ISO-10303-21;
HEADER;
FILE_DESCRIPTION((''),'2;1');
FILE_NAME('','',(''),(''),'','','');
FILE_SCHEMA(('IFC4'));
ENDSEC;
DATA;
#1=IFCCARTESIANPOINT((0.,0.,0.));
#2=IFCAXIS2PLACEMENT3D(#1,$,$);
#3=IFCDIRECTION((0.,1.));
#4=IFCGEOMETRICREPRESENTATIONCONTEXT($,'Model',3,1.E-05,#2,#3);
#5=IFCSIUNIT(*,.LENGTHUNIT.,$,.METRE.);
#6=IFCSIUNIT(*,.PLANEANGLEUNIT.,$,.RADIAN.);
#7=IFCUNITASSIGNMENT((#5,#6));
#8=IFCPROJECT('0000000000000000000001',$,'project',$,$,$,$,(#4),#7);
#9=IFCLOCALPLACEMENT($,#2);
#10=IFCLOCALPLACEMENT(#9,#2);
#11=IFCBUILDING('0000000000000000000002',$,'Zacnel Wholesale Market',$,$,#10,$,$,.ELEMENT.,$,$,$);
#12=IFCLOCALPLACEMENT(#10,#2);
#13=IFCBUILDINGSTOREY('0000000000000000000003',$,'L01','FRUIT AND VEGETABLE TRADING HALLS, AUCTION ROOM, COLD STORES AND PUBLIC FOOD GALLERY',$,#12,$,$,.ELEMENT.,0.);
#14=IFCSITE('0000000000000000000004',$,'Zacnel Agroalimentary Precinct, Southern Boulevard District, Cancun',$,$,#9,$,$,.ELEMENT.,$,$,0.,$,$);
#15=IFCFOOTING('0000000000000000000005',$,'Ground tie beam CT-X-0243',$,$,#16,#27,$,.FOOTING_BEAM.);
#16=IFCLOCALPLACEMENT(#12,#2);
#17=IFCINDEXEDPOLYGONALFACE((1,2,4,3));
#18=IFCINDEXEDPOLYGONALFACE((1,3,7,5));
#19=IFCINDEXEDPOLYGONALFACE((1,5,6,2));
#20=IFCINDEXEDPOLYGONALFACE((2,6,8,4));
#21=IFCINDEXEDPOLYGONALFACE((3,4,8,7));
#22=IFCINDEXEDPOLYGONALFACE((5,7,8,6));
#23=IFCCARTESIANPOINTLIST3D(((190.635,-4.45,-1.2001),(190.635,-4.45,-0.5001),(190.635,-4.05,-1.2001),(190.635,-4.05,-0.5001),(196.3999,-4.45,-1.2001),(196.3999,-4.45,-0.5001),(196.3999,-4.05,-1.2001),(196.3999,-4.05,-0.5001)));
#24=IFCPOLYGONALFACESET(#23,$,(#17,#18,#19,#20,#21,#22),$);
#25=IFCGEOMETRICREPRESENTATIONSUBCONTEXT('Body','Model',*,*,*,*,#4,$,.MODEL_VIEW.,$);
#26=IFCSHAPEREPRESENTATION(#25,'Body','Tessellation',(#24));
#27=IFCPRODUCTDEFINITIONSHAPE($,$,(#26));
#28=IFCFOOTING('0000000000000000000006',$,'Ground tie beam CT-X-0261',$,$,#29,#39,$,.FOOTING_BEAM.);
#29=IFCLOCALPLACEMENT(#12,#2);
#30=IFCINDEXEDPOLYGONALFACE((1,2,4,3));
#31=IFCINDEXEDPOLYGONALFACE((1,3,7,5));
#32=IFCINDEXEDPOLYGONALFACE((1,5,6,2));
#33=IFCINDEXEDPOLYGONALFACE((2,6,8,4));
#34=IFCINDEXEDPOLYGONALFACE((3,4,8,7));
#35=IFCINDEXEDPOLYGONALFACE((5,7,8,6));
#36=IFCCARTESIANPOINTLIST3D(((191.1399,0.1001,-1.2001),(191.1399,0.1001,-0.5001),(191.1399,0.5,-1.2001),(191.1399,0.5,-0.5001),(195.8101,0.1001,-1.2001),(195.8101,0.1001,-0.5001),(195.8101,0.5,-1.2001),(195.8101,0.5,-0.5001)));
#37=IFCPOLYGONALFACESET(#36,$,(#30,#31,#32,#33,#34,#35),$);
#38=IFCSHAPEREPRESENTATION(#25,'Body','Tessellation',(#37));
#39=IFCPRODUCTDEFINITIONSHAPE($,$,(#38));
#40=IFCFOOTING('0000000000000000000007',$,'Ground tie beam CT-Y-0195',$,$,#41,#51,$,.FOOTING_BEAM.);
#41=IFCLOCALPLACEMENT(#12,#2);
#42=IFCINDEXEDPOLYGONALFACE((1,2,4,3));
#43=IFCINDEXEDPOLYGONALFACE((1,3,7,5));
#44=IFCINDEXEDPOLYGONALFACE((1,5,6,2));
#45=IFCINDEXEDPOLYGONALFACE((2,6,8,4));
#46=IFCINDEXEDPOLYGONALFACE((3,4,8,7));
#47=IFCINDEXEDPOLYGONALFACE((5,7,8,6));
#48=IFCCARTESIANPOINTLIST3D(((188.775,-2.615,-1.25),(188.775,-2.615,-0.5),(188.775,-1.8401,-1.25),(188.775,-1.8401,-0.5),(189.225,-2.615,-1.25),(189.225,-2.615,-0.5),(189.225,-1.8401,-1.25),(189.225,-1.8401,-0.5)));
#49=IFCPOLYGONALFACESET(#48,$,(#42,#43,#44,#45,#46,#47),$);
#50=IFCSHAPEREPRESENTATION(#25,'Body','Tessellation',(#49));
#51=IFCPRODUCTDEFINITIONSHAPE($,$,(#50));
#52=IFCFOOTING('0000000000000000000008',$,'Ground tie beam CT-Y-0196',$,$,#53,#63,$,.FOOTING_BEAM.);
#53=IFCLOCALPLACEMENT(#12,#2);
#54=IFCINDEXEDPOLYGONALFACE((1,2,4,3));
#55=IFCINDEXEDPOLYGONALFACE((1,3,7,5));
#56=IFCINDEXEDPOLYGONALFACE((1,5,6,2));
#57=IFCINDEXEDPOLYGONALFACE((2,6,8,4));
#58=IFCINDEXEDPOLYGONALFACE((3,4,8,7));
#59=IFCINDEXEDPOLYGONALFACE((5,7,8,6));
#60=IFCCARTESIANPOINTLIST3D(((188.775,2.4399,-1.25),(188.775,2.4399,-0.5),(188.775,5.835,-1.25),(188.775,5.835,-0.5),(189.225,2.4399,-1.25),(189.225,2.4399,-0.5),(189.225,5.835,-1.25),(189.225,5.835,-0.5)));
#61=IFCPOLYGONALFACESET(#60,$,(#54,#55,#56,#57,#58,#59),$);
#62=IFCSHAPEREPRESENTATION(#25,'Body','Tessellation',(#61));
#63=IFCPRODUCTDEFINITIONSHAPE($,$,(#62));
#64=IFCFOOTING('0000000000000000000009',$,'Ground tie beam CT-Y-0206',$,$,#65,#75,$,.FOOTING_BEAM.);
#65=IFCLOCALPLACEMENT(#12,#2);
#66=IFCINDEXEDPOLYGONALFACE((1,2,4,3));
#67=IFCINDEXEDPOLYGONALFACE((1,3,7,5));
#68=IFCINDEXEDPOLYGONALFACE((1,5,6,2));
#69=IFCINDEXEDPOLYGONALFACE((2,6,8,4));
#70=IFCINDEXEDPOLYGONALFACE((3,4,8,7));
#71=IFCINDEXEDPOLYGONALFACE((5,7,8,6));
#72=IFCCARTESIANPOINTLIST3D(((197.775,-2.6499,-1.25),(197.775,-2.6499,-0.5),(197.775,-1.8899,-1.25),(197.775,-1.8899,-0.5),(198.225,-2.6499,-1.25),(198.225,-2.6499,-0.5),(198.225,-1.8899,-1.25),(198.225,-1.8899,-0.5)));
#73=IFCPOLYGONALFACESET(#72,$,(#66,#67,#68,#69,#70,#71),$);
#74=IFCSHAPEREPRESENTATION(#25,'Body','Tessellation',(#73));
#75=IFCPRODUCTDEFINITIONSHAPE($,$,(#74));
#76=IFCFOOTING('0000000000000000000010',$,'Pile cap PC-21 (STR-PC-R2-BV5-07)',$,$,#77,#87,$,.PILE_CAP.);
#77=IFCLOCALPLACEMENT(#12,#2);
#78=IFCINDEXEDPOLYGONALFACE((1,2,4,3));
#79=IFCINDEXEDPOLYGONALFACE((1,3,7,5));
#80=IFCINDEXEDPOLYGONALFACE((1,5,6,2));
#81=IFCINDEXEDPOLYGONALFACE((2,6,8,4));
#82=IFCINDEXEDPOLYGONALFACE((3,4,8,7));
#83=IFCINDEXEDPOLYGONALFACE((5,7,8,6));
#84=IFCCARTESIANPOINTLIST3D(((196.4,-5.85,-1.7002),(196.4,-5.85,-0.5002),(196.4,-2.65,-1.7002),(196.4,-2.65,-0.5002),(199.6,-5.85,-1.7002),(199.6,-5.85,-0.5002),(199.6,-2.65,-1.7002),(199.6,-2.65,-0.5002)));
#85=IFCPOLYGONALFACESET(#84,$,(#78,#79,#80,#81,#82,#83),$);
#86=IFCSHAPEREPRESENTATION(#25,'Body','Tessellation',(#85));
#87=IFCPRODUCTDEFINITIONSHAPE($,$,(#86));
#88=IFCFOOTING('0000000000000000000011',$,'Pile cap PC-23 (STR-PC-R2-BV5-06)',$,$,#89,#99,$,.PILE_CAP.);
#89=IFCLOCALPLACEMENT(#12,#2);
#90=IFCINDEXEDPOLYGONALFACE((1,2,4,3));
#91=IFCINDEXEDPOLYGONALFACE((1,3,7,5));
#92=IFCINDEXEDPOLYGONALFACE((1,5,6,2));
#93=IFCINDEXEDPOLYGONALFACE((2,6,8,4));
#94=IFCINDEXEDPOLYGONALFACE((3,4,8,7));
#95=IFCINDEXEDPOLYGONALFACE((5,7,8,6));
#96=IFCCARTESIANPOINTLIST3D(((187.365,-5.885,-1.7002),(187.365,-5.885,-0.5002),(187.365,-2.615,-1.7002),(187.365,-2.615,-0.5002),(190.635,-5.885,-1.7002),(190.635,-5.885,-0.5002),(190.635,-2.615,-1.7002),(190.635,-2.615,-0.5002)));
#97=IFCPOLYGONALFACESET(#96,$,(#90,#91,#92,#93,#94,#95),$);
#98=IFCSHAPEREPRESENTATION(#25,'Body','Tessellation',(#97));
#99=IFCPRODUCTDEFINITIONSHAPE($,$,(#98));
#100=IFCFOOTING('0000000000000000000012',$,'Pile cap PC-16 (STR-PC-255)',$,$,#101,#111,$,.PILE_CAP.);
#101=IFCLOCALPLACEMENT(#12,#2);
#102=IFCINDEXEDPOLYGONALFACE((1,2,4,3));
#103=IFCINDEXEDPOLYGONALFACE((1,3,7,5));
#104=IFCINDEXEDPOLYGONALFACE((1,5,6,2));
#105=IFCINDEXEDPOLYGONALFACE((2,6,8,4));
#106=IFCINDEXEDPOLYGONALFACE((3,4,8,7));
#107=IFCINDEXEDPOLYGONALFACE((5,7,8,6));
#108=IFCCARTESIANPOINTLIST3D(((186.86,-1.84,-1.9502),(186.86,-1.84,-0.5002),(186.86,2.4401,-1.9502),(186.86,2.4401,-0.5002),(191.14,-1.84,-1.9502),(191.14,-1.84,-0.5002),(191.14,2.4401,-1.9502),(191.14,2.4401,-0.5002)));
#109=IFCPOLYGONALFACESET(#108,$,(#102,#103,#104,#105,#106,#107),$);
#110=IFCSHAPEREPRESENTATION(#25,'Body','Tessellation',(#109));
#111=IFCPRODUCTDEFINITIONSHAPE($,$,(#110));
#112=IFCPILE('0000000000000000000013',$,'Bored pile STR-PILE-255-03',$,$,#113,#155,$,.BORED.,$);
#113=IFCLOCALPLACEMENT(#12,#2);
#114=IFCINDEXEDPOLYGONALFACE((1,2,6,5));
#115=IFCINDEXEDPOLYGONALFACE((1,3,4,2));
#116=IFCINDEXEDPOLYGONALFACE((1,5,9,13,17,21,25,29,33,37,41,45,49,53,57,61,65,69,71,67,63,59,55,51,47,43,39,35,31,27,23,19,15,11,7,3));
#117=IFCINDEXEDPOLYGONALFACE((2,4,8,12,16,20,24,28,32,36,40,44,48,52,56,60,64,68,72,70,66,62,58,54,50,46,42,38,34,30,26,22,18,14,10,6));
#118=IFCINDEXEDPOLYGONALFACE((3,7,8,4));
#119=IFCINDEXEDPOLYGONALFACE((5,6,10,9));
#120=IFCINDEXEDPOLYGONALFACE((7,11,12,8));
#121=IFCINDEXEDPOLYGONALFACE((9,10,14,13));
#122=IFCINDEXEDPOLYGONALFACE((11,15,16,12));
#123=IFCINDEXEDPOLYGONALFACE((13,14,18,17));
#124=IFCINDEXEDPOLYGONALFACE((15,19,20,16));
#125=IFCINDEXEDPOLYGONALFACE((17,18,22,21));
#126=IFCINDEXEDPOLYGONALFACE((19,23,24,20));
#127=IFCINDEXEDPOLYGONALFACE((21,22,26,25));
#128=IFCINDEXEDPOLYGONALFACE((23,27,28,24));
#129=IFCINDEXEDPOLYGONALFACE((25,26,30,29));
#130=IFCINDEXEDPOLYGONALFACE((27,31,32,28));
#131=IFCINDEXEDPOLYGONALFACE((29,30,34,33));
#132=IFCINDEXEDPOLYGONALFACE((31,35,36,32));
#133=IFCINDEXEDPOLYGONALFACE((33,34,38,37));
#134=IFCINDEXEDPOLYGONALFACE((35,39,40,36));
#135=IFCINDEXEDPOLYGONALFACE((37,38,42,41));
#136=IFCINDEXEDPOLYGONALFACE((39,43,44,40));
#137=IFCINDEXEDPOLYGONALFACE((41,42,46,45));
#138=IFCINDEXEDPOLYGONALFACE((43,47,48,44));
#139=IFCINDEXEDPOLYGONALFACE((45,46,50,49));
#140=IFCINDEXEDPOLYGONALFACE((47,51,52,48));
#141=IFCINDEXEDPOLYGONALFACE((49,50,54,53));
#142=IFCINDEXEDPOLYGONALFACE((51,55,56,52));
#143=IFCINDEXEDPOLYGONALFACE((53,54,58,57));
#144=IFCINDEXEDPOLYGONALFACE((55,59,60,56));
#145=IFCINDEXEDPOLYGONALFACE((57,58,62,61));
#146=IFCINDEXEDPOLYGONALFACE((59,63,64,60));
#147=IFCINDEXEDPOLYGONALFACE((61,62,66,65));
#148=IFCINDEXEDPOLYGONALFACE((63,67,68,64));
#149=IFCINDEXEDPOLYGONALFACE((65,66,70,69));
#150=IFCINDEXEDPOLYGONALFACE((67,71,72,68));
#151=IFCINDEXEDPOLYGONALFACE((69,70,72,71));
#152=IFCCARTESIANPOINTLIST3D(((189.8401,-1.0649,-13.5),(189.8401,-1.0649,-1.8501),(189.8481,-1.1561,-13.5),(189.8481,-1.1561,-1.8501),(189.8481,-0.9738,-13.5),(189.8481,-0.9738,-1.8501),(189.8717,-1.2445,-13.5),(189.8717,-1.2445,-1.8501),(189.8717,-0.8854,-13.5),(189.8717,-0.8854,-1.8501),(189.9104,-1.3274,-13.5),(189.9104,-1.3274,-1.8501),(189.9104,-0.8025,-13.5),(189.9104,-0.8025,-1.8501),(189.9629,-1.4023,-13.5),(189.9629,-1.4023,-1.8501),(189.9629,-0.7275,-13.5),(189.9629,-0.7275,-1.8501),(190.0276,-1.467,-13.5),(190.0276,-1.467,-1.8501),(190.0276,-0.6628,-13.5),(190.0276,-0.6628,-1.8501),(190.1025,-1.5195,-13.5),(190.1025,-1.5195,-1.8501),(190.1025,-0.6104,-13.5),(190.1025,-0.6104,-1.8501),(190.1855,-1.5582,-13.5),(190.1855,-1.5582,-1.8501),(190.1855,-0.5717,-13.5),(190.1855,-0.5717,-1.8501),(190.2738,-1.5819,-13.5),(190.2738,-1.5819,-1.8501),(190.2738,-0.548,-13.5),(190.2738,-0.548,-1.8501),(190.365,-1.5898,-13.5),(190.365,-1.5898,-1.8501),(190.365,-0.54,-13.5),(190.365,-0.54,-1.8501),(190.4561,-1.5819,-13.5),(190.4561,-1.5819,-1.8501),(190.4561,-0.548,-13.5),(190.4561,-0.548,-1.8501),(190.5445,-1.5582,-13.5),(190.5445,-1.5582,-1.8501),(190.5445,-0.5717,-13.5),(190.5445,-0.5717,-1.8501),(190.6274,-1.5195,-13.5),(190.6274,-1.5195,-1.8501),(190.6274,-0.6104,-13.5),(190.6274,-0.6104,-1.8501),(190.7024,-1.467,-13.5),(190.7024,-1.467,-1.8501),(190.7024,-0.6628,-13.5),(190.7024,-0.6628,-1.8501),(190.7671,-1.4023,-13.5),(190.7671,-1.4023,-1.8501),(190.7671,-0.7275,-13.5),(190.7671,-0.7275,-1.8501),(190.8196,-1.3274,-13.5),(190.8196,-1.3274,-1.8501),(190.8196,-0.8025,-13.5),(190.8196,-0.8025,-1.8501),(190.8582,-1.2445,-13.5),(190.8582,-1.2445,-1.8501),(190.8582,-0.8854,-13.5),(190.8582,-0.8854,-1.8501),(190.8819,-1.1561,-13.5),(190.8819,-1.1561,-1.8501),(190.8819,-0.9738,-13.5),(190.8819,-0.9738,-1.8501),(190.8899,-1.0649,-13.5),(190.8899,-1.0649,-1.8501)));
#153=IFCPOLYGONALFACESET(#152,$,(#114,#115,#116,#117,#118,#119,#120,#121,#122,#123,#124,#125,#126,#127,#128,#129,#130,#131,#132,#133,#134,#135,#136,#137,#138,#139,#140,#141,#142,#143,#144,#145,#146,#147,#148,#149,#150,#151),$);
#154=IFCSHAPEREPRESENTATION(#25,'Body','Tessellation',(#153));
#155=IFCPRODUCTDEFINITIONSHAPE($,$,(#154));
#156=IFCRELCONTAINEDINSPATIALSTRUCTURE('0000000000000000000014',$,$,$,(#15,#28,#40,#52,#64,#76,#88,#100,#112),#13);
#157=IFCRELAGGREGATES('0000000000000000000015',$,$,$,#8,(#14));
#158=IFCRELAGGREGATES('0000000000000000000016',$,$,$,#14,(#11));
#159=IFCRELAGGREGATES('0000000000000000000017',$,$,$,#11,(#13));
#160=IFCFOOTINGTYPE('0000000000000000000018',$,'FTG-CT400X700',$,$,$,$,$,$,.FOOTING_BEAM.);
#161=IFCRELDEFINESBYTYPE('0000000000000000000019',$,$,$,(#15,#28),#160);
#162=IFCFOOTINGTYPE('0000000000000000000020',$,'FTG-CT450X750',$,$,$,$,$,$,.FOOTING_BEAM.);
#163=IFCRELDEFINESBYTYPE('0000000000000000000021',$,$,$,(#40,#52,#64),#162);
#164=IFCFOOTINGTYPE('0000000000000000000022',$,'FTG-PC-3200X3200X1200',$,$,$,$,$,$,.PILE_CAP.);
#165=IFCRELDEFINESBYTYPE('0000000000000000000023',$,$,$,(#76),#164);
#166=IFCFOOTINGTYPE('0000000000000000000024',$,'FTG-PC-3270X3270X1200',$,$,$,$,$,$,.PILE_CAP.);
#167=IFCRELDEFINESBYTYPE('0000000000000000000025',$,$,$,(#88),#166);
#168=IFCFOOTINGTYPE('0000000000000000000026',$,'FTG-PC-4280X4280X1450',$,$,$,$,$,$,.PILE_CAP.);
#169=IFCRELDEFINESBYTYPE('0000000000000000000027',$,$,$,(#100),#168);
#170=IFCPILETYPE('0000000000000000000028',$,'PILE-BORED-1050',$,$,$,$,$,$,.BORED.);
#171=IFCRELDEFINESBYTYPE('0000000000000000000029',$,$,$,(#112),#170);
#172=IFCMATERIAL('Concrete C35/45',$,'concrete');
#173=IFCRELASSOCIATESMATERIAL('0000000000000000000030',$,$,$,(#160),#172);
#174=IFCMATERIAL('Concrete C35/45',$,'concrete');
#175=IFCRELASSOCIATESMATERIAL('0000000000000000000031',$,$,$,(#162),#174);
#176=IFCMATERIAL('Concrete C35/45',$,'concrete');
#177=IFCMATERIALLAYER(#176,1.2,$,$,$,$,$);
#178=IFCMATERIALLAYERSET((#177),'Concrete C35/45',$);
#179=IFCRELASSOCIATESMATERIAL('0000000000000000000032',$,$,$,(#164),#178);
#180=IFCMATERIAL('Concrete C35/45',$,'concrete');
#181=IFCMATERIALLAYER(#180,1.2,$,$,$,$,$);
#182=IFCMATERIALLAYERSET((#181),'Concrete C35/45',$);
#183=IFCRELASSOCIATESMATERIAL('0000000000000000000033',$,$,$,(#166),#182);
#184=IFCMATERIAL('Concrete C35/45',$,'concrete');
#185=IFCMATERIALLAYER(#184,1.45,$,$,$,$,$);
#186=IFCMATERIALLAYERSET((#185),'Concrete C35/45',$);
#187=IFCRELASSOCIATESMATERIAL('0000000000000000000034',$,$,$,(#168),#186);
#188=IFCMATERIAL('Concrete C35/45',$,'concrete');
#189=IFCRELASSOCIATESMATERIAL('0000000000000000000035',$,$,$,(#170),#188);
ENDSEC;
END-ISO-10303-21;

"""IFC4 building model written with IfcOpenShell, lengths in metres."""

from ifc_helpers import new_model, si_unit, direction, frame, origin, origin_2d, place, context, subcontext, project, spatial, rectangle, circle, extrude, material, layer, layer_set, material_profile, profile_set, type_object, element, save


model = new_model("IFC4")

# Units and contexts
model_context = context("Model", 3, precision=1e-05, world=origin(), true_north=direction((0.0, 1.0)))
body_context = subcontext(model_context, "Body", "Model", "MODEL_VIEW")
ifc_project = project(units=[si_unit("LENGTHUNIT", "METRE"), si_unit("PLANEANGLEUNIT", "RADIAN")], contexts=[model_context])

# Site, building, storey
site_placement = place(None, origin())
site = spatial("IfcSite", under=ifc_project, at=site_placement, Name="Zacnel Agroalimentary Precinct, Southern Boulevard District, Cancun", CompositionType="ELEMENT", RefElevation=0.0)
building_placement = place(site_placement, origin())
building = spatial("IfcBuilding", under=site, at=building_placement, Name="Zacnel Wholesale Market", CompositionType="ELEMENT")
storey_placement = place(building_placement, origin())
storey = spatial("IfcBuildingStorey", under=building, at=storey_placement, Name="L01", Description="FRUIT AND VEGETABLE TRADING HALLS, AUCTION ROOM, COLD STORES AND PUBLIC FOOD GALLERY", CompositionType="ELEMENT", Elevation=0.0)

# Footings
ifc_material_1 = material(Name="Concrete C35/45", Category="concrete")
ifc_material_profile_1 = material_profile(ifc_material_1, rectangle(XDim=0.3999, YDim=0.7, at=origin_2d()), Name="CT 400x700")
ifc_profile_set_1 = profile_set([ifc_material_profile_1], Name="Concrete C35/45")
footing_type_1 = type_object("IfcFootingType", Name="FTG-CT400X700", PredefinedType="FOOTING_BEAM", material=ifc_profile_set_1)
footing_1_placement = place(storey_placement, frame((190.635, -4.25, -0.8501), z_axis=(1.0, 0.0, 0.0), x_axis=(0.0, 1.0, 0.0)))
element("IfcFooting", 1, at=footing_1_placement, inside=storey, type_object=footing_type_1, Name="Ground tie beam CT-X-0243", PredefinedType="FOOTING_BEAM", context=body_context, shape_type="SweptSolid", body=[
    extrude(rectangle(XDim=0.3999, YDim=0.7, at=origin_2d()), origin(), (0.0, 0.0, 1.0), 5.7649),
])
footing_2_placement = place(storey_placement, frame((191.1399, 0.3, -0.8501), z_axis=(1.0, 0.0, 0.0), x_axis=(0.0, 1.0, 0.0)))
element("IfcFooting", 2, at=footing_2_placement, inside=storey, type_object=footing_type_1, Name="Ground tie beam CT-X-0261", PredefinedType="FOOTING_BEAM", context=body_context, shape_type="SweptSolid", body=[
    extrude(rectangle(XDim=0.3999, YDim=0.7, at=origin_2d()), origin(), (0.0, 0.0, 1.0), 4.6702),
])
ifc_material_2 = material(Name="Concrete C35/45", Category="concrete")
ifc_material_profile_2 = material_profile(ifc_material_2, rectangle(XDim=0.45, YDim=0.75, at=origin_2d()), Name="CT 450x750")
ifc_profile_set_2 = profile_set([ifc_material_profile_2], Name="Concrete C35/45")
footing_type_2 = type_object("IfcFootingType", Name="FTG-CT450X750", PredefinedType="FOOTING_BEAM", material=ifc_profile_set_2)
footing_3_placement = place(storey_placement, frame((189.0, -2.615, -0.875), z_axis=(0.0, 1.0, 0.0), x_axis=(-1.0, 0.0, 0.0)))
element("IfcFooting", 3, at=footing_3_placement, inside=storey, type_object=footing_type_2, Name="Ground tie beam CT-Y-0195", PredefinedType="FOOTING_BEAM", context=body_context, shape_type="SweptSolid", body=[
    extrude(rectangle(XDim=0.45, YDim=0.75, at=origin_2d()), origin(), (0.0, 0.0, 1.0), 0.7749),
])
footing_4_placement = place(storey_placement, frame((189.0, 2.4399, -0.875), z_axis=(0.0, 1.0, 0.0), x_axis=(-1.0, 0.0, 0.0)))
element("IfcFooting", 4, at=footing_4_placement, inside=storey, type_object=footing_type_2, Name="Ground tie beam CT-Y-0196", PredefinedType="FOOTING_BEAM", context=body_context, shape_type="SweptSolid", body=[
    extrude(rectangle(XDim=0.45, YDim=0.75, at=origin_2d()), origin(), (0.0, 0.0, 1.0), 3.395),
])
footing_5_placement = place(storey_placement, frame((198.0, -2.6499, -0.875), z_axis=(0.0, 1.0, 0.0), x_axis=(-1.0, 0.0, 0.0)))
element("IfcFooting", 5, at=footing_5_placement, inside=storey, type_object=footing_type_2, Name="Ground tie beam CT-Y-0206", PredefinedType="FOOTING_BEAM", context=body_context, shape_type="SweptSolid", body=[
    extrude(rectangle(XDim=0.45, YDim=0.75, at=origin_2d()), origin(), (0.0, 0.0, 1.0), 0.76),
])
ifc_material_3 = material(Name="Concrete C35/45", Category="concrete")
ifc_layer_1 = layer(ifc_material_3, 1.2)
ifc_layer_set_1 = layer_set([ifc_layer_1], Name="Concrete C35/45")
footing_type_3 = type_object("IfcFootingType", Name="FTG-PC-3200X3200X1200", PredefinedType="PILE_CAP", material=ifc_layer_set_1)
footing_6_placement = place(storey_placement, frame((198.0, -4.25, -1.7002), z_axis=(0.0, 0.0, 1.0), x_axis=(1.0, 0.0, 0.0)))
element("IfcFooting", 6, at=footing_6_placement, inside=storey, type_object=footing_type_3, Name="Pile cap PC-21 (STR-PC-R2-BV5-07)", PredefinedType="PILE_CAP", context=body_context, shape_type="SweptSolid", body=[
    extrude(rectangle(XDim=3.2, YDim=3.2, at=origin_2d()), origin(), (0.0, 0.0, 1.0), 1.2),
])
ifc_material_4 = material(Name="Concrete C35/45", Category="concrete")
ifc_layer_2 = layer(ifc_material_4, 1.2)
ifc_layer_set_2 = layer_set([ifc_layer_2], Name="Concrete C35/45")
footing_type_4 = type_object("IfcFootingType", Name="FTG-PC-3270X3270X1200", PredefinedType="PILE_CAP", material=ifc_layer_set_2)
footing_7_placement = place(storey_placement, frame((189.0, -4.25, -1.7002), z_axis=(0.0, 0.0, 1.0), x_axis=(1.0, 0.0, 0.0)))
element("IfcFooting", 7, at=footing_7_placement, inside=storey, type_object=footing_type_4, Name="Pile cap PC-23 (STR-PC-R2-BV5-06)", PredefinedType="PILE_CAP", context=body_context, shape_type="SweptSolid", body=[
    extrude(rectangle(XDim=3.27, YDim=3.27, at=origin_2d()), origin(), (0.0, 0.0, 1.0), 1.2),
])
ifc_material_5 = material(Name="Concrete C35/45", Category="concrete")
ifc_layer_3 = layer(ifc_material_5, 1.45)
ifc_layer_set_3 = layer_set([ifc_layer_3], Name="Concrete C35/45")
footing_type_5 = type_object("IfcFootingType", Name="FTG-PC-4280X4280X1450", PredefinedType="PILE_CAP", material=ifc_layer_set_3)
footing_8_placement = place(storey_placement, frame((189.0, 0.3, -1.9502), z_axis=(0.0, 0.0, 1.0), x_axis=(1.0, 0.0, 0.0)))
element("IfcFooting", 8, at=footing_8_placement, inside=storey, type_object=footing_type_5, Name="Pile cap PC-16 (STR-PC-255)", PredefinedType="PILE_CAP", context=body_context, shape_type="SweptSolid", body=[
    extrude(rectangle(XDim=4.28, YDim=4.28, at=origin_2d()), origin(), (0.0, 0.0, 1.0), 1.45),
])

# Pile
ifc_material_6 = material(Name="Concrete C35/45", Category="concrete")
ifc_material_profile_3 = material_profile(ifc_material_6, circle(Radius=0.5249, at=origin_2d()), Name="BORED PILE D1050")
ifc_profile_set_3 = profile_set([ifc_material_profile_3], Name="Concrete C35/45")
pile_type_1 = type_object("IfcPileType", Name="PILE-BORED-1050", PredefinedType="BORED", material=ifc_profile_set_3)
for number, where, z_axis, x_axis, name in (
    (9, (190.365, -1.0649, -1.8501), (0.0, 0.0, -1.0), (1.0, 0.0, 0.0), "Bored pile STR-PILE-255-03"),
):
    element("IfcPile", number, at=place(storey_placement, frame(where, z_axis=z_axis, x_axis=x_axis)), inside=storey, type_object=pile_type_1, Name=name, PredefinedType="BORED", context=body_context, shape_type="SweptSolid", body=[
        extrude(circle(Radius=0.5249, at=origin_2d()), origin(), (0.0, 0.0, 1.0), 11.6499),
    ])

save(model, "model.ifc")
